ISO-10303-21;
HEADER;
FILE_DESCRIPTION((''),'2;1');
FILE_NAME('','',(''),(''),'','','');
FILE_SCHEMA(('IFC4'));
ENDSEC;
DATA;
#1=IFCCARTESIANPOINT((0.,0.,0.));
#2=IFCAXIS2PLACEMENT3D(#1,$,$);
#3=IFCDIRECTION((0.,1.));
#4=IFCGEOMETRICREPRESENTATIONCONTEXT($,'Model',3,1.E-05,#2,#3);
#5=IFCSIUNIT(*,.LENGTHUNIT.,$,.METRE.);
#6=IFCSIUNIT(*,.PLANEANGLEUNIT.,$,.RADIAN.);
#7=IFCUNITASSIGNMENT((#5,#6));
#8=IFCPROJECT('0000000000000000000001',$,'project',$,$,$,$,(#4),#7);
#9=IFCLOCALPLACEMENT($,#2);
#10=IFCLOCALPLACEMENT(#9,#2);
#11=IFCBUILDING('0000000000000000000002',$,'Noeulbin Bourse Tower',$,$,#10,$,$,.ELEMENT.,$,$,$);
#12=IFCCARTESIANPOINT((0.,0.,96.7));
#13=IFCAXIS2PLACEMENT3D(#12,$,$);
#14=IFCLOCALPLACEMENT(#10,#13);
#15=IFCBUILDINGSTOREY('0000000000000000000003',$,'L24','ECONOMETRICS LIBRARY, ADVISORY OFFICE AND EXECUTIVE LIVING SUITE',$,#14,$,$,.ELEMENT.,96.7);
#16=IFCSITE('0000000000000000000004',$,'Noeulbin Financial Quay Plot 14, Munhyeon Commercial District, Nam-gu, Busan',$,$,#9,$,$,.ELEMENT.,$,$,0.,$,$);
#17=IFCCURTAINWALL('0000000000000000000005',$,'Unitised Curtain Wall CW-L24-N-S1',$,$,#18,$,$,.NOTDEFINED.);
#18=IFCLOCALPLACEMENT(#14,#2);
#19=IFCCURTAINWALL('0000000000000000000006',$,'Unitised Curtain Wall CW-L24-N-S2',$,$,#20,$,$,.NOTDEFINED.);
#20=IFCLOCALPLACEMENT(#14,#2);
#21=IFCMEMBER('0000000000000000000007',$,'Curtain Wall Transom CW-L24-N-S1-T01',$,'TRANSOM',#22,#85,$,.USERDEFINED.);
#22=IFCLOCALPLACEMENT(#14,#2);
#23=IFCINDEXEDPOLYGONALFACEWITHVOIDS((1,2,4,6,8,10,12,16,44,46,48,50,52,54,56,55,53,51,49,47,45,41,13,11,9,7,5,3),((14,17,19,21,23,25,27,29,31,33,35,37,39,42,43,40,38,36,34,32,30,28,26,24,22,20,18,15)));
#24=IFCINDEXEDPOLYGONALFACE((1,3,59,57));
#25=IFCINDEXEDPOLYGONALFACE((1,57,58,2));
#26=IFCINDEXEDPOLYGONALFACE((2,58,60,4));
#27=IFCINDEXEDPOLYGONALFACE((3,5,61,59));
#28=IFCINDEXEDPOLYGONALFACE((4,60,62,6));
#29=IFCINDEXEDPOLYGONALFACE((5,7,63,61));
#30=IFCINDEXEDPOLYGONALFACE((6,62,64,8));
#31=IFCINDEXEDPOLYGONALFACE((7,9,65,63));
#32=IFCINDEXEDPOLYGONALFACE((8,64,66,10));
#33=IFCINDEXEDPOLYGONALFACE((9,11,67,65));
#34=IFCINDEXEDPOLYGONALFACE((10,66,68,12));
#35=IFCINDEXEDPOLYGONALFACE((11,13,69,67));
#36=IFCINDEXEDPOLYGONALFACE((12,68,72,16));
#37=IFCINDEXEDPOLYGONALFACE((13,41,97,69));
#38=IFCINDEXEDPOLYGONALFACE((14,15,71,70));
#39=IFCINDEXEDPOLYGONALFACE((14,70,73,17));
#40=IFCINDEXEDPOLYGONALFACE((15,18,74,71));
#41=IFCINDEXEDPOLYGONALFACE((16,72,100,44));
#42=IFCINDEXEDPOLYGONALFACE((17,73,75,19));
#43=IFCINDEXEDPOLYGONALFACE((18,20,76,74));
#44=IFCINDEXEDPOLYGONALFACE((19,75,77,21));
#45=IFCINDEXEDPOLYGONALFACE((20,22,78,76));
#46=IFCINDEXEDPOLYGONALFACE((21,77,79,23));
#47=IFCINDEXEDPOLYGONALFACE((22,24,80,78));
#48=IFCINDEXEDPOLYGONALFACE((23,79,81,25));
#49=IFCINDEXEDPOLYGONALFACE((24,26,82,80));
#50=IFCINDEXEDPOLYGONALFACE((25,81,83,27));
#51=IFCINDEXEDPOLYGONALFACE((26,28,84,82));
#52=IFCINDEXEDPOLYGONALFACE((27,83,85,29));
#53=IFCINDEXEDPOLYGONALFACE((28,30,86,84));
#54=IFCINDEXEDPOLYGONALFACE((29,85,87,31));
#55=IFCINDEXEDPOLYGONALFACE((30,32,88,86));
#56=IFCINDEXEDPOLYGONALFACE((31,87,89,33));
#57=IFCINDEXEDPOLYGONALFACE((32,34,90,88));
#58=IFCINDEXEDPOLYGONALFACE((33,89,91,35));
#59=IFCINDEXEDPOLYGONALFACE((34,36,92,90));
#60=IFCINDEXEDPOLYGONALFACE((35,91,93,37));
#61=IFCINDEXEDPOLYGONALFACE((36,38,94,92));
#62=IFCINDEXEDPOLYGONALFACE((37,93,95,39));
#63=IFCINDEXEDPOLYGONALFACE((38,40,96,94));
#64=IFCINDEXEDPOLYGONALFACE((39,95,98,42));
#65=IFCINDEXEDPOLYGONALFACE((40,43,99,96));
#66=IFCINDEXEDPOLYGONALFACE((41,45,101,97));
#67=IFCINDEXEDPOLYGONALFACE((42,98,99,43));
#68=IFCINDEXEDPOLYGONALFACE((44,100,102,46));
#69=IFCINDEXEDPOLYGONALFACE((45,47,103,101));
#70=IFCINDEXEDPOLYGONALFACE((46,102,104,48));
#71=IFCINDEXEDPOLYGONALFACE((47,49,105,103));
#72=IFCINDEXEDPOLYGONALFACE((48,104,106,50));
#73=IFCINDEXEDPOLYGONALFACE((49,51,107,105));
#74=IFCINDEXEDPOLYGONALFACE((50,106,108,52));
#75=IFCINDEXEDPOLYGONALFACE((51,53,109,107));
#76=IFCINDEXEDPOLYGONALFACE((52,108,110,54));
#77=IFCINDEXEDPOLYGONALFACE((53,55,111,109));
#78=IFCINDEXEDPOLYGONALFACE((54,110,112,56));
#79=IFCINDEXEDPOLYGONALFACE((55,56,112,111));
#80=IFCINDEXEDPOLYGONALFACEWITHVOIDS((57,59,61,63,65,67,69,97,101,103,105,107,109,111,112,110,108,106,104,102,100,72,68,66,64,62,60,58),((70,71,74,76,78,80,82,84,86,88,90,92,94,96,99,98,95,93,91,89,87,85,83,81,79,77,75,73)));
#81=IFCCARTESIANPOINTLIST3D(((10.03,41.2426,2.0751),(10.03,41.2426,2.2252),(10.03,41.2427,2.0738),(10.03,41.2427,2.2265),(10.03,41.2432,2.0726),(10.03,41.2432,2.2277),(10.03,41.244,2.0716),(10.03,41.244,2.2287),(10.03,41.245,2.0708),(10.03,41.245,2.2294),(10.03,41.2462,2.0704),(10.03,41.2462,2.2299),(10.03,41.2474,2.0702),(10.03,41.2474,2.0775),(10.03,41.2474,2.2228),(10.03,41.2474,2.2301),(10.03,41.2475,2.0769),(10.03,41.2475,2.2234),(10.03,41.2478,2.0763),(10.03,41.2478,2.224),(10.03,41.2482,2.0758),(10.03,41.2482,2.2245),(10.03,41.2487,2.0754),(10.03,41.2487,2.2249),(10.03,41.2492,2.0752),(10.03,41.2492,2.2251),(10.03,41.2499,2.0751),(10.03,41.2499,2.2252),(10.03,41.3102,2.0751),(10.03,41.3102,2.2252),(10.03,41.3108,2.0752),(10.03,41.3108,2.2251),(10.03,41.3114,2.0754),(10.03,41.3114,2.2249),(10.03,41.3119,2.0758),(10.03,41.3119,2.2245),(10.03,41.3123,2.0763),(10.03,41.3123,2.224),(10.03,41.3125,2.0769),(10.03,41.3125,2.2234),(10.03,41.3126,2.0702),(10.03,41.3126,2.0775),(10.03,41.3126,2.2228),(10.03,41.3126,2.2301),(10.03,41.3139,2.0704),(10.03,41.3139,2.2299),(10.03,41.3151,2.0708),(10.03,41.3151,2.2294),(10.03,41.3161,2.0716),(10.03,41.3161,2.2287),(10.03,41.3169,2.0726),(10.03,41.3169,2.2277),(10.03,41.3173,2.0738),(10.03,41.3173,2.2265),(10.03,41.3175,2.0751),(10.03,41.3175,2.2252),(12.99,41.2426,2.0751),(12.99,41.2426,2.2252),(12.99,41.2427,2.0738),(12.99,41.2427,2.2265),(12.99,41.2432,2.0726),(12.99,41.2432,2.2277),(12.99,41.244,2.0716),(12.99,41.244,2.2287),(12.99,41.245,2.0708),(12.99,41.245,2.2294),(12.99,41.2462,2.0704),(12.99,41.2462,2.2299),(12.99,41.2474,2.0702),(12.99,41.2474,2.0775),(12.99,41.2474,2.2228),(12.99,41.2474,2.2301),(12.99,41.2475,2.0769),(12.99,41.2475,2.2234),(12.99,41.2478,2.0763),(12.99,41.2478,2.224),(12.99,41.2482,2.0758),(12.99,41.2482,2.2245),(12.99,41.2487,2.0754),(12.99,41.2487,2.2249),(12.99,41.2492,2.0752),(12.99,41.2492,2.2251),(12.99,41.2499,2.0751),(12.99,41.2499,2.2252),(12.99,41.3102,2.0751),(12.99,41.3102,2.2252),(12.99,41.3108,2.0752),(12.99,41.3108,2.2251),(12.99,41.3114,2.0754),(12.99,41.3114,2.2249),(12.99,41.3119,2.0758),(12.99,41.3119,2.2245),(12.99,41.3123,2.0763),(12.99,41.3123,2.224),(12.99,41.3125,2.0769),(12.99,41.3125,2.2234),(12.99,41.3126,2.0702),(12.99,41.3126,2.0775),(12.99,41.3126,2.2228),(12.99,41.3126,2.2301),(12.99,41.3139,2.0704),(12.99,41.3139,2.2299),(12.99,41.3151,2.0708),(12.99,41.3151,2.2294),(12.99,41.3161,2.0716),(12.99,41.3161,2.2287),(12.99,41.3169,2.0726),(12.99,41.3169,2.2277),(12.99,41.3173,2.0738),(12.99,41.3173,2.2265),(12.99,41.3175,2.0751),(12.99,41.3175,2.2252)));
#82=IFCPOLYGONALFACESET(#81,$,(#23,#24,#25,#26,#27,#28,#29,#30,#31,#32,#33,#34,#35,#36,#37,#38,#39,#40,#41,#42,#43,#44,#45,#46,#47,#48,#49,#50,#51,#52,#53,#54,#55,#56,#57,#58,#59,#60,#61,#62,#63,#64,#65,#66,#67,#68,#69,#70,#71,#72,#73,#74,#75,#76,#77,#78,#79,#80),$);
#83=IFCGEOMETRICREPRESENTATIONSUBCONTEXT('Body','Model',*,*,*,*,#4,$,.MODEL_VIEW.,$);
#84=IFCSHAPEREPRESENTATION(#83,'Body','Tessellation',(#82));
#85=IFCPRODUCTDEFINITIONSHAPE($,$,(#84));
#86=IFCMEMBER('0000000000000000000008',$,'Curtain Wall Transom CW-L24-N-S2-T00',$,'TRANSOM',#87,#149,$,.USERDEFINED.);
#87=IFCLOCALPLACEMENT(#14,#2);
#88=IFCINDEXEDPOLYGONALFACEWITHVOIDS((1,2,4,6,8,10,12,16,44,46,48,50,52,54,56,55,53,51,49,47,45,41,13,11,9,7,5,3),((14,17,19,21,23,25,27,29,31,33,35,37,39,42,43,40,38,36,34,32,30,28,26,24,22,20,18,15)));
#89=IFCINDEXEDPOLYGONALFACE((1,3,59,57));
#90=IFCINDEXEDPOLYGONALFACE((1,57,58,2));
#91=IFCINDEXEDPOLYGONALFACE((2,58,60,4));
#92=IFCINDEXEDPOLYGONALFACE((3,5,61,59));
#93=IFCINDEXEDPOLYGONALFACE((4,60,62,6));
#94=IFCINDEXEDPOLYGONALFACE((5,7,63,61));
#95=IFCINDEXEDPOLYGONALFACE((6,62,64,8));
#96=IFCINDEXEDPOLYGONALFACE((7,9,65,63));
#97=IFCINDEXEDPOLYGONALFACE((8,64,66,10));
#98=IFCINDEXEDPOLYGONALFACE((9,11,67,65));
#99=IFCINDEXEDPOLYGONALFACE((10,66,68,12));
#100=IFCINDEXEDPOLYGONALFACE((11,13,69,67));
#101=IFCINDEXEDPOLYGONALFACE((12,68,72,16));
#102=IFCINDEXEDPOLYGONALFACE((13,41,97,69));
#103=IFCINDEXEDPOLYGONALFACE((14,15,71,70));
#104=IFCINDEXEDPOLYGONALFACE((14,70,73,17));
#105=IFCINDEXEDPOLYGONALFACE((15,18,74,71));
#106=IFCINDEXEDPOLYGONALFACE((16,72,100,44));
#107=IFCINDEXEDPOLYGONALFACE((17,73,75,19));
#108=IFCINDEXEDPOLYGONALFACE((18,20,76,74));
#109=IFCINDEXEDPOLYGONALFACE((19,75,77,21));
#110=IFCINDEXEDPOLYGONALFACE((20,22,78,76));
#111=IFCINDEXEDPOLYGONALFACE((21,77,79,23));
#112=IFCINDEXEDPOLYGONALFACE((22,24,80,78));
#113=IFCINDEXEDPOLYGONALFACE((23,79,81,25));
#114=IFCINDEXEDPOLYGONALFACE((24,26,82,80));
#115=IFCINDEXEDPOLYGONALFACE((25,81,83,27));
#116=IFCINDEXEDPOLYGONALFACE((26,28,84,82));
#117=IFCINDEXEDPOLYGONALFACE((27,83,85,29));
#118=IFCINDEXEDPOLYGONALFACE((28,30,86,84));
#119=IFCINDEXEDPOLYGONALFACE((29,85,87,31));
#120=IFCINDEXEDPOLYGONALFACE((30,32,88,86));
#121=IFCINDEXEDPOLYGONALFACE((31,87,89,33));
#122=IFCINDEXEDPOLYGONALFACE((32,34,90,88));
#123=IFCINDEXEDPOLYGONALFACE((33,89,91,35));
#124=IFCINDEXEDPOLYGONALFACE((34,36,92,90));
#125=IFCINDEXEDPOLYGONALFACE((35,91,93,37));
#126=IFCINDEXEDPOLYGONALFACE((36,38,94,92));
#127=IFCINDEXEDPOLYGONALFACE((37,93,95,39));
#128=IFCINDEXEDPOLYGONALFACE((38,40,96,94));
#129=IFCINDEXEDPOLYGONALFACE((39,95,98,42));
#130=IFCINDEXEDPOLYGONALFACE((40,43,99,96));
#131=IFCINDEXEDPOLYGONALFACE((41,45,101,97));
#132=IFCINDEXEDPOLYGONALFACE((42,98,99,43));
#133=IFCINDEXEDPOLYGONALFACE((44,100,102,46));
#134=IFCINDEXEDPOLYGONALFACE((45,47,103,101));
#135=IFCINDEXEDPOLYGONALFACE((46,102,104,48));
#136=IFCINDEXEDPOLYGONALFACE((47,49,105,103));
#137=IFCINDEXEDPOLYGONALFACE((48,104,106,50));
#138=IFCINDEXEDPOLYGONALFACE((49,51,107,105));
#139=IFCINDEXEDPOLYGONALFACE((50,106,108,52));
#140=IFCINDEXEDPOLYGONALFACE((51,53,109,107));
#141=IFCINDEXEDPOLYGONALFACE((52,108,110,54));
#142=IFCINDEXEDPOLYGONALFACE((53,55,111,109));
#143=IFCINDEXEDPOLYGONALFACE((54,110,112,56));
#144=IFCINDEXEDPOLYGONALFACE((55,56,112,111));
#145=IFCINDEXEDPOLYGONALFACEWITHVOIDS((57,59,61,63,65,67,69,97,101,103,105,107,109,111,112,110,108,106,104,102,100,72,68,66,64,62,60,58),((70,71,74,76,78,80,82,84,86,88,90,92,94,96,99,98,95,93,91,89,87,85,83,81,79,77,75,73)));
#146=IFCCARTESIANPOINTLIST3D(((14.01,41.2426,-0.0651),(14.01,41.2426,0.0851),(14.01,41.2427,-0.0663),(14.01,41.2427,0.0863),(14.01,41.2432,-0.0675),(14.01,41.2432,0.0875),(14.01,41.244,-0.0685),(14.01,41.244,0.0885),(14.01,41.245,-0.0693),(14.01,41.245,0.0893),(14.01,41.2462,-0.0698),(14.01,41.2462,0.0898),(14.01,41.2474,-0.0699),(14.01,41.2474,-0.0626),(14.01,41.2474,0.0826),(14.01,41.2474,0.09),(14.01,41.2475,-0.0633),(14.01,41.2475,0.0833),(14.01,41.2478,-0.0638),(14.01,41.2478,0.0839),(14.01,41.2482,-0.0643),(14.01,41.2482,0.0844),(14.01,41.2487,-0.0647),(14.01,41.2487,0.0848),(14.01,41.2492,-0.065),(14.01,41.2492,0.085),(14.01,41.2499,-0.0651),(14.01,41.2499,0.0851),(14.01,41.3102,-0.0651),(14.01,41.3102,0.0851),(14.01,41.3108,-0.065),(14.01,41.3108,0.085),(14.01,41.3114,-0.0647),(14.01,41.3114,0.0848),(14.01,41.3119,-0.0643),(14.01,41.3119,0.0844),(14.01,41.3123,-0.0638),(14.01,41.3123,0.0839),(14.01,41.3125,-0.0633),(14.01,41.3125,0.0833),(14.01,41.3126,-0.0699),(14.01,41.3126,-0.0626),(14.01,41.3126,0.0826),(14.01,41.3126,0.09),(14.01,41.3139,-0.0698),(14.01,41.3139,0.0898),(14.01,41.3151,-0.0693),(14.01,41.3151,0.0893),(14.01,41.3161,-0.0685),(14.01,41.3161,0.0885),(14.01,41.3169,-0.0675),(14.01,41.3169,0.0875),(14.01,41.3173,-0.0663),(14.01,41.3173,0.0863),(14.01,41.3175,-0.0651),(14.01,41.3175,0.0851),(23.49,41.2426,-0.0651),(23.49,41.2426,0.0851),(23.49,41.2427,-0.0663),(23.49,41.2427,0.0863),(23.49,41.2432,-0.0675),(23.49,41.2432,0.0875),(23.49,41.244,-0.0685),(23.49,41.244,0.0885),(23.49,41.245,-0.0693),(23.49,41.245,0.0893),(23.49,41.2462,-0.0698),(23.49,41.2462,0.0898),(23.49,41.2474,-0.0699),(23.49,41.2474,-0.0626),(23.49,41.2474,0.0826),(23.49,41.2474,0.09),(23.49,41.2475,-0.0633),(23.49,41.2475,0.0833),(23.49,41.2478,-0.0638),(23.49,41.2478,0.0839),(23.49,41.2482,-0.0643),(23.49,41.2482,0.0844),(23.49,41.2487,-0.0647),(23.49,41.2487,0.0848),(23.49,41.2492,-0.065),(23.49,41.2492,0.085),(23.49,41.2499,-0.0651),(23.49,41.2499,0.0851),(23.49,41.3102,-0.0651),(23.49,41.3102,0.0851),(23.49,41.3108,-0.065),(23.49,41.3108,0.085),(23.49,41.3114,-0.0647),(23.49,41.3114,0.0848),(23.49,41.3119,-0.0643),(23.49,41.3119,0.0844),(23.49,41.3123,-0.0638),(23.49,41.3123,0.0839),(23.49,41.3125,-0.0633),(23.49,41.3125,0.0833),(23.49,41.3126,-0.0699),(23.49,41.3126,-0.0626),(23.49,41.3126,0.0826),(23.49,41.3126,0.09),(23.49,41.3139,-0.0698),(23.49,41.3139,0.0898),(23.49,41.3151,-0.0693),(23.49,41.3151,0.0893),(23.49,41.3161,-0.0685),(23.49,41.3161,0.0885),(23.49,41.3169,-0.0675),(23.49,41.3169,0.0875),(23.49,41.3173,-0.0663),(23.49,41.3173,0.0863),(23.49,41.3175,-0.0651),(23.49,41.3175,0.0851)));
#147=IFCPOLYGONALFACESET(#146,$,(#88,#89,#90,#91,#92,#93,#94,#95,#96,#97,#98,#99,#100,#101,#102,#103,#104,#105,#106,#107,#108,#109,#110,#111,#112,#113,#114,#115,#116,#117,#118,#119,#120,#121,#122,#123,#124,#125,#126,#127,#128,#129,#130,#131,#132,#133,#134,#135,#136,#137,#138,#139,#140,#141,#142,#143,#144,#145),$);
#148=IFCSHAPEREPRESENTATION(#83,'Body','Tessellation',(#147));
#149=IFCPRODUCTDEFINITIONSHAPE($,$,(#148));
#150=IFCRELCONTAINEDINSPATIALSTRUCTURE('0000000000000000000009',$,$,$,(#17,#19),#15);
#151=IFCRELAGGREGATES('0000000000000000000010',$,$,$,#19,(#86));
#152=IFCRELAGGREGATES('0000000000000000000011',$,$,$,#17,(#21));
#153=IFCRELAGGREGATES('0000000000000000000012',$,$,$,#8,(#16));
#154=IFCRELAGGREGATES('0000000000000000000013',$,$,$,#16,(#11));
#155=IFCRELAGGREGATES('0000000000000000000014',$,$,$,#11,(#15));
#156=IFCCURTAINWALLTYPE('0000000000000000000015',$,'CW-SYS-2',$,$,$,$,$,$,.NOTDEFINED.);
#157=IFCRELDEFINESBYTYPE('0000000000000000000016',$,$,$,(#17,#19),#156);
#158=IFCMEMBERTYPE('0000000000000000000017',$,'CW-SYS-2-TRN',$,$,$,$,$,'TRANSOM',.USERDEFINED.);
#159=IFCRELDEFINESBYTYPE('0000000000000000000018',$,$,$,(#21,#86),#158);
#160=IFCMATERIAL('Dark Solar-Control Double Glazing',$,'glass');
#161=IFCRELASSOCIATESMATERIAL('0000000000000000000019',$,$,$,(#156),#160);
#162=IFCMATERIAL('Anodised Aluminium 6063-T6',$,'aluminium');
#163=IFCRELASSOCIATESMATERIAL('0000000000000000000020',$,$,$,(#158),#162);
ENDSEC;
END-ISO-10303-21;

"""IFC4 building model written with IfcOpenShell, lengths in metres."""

from ifc_helpers import new_model, si_unit, direction, frame, origin, origin_2d, place, context, subcontext, project, spatial, hollow_rectangle, extrude, material, material_profile, profile_set, type_object, element, aggregate, save


model = new_model("IFC4")

# Units and contexts
model_context = context("Model", 3, precision=1e-05, world=origin(), true_north=direction((0.0, 1.0)))
body_context = subcontext(model_context, "Body", "Model", "MODEL_VIEW")
ifc_project = project(units=[si_unit("LENGTHUNIT", "METRE"), si_unit("PLANEANGLEUNIT", "RADIAN")], contexts=[model_context])

# Site, building, storey
site_placement = place(None, origin())
site = spatial("IfcSite", under=ifc_project, at=site_placement, Name="Noeulbin Financial Quay Plot 14, Munhyeon Commercial District, Nam-gu, Busan", CompositionType="ELEMENT", RefElevation=0.0)
building_placement = place(site_placement, origin())
building = spatial("IfcBuilding", under=site, at=building_placement, Name="Noeulbin Bourse Tower", CompositionType="ELEMENT")
storey_placement = place(building_placement, frame((0.0, 0.0, 96.7)))
storey = spatial("IfcBuildingStorey", under=building, at=storey_placement, Name="L24", Description="ECONOMETRICS LIBRARY, ADVISORY OFFICE AND EXECUTIVE LIVING SUITE", CompositionType="ELEMENT", Elevation=96.7)

# Curtain wall
ifc_material_1 = material(Name="Dark Solar-Control Double Glazing", Category="glass")
curtain_wall_type = type_object("IfcCurtainWallType", Name="CW-SYS-2", PredefinedType="NOTDEFINED", material=ifc_material_1)
curtain_wall_1_placement = place(storey_placement, origin())
curtain_wall_1 = element("IfcCurtainWall", 1, at=curtain_wall_1_placement, inside=storey, type_object=curtain_wall_type, Name="Unitised Curtain Wall CW-L24-N-S1", PredefinedType="NOTDEFINED")
ifc_material_2 = material(Name="Anodised Aluminium 6063-T6", Category="aluminium")

# Curtain wall
curtain_wall_2_placement = place(storey_placement, origin())
curtain_wall_2 = element("IfcCurtainWall", 2, at=curtain_wall_2_placement, inside=storey, type_object=curtain_wall_type, Name="Unitised Curtain Wall CW-L24-N-S2", PredefinedType="NOTDEFINED")

# Members
ifc_material_profile_1 = material_profile(ifc_material_2, hollow_rectangle(XDim=0.075, YDim=0.1599, WallThickness=0.0049, InnerFilletRadius=0.0024, OuterFilletRadius=0.0049, at=origin_2d()), Name="ALU-TRAN-75x160x5", Category="LoadBearing")
ifc_profile_set_1 = profile_set([ifc_material_profile_1], Name="Anodised Aluminium 6063-T6")
member_type_1 = type_object("IfcMemberType", Name="CW-SYS-2-TRN", ElementType="TRANSOM", PredefinedType="USERDEFINED", material=ifc_profile_set_1)
member_1_placement = place(storey_placement, frame((10.03, 41.28, 2.1501), z_axis=(1.0, 0.0, 0.0), x_axis=(0.0, 1.0, 0.0)))
member_1 = element("IfcMember", 3, at=member_1_placement, type_object=member_type_1, Name="Curtain Wall Transom CW-L24-N-S1-T01", ObjectType="TRANSOM", PredefinedType="USERDEFINED", context=body_context, shape_type="SweptSolid", body=[
    extrude(hollow_rectangle(XDim=0.075, YDim=0.1599, WallThickness=0.0049, InnerFilletRadius=0.0024, OuterFilletRadius=0.0049, at=origin_2d()), origin(), (0.0, 0.0, 1.0), 2.96),
])
member_2_placement = place(storey_placement, frame((14.01, 41.28, 0.01), z_axis=(1.0, 0.0, 0.0), x_axis=(0.0, 1.0, 0.0)))
member_2 = element("IfcMember", 4, at=member_2_placement, type_object=member_type_1, Name="Curtain Wall Transom CW-L24-N-S2-T00", ObjectType="TRANSOM", PredefinedType="USERDEFINED", context=body_context, shape_type="SweptSolid", body=[
    extrude(hollow_rectangle(XDim=0.075, YDim=0.1599, WallThickness=0.0049, InnerFilletRadius=0.0024, OuterFilletRadius=0.0049, at=origin_2d()), origin(), (0.0, 0.0, 1.0), 9.48),
])
aggregate(curtain_wall_2, [member_2])

aggregate(curtain_wall_1, [member_1])

save(model, "model.ifc")
